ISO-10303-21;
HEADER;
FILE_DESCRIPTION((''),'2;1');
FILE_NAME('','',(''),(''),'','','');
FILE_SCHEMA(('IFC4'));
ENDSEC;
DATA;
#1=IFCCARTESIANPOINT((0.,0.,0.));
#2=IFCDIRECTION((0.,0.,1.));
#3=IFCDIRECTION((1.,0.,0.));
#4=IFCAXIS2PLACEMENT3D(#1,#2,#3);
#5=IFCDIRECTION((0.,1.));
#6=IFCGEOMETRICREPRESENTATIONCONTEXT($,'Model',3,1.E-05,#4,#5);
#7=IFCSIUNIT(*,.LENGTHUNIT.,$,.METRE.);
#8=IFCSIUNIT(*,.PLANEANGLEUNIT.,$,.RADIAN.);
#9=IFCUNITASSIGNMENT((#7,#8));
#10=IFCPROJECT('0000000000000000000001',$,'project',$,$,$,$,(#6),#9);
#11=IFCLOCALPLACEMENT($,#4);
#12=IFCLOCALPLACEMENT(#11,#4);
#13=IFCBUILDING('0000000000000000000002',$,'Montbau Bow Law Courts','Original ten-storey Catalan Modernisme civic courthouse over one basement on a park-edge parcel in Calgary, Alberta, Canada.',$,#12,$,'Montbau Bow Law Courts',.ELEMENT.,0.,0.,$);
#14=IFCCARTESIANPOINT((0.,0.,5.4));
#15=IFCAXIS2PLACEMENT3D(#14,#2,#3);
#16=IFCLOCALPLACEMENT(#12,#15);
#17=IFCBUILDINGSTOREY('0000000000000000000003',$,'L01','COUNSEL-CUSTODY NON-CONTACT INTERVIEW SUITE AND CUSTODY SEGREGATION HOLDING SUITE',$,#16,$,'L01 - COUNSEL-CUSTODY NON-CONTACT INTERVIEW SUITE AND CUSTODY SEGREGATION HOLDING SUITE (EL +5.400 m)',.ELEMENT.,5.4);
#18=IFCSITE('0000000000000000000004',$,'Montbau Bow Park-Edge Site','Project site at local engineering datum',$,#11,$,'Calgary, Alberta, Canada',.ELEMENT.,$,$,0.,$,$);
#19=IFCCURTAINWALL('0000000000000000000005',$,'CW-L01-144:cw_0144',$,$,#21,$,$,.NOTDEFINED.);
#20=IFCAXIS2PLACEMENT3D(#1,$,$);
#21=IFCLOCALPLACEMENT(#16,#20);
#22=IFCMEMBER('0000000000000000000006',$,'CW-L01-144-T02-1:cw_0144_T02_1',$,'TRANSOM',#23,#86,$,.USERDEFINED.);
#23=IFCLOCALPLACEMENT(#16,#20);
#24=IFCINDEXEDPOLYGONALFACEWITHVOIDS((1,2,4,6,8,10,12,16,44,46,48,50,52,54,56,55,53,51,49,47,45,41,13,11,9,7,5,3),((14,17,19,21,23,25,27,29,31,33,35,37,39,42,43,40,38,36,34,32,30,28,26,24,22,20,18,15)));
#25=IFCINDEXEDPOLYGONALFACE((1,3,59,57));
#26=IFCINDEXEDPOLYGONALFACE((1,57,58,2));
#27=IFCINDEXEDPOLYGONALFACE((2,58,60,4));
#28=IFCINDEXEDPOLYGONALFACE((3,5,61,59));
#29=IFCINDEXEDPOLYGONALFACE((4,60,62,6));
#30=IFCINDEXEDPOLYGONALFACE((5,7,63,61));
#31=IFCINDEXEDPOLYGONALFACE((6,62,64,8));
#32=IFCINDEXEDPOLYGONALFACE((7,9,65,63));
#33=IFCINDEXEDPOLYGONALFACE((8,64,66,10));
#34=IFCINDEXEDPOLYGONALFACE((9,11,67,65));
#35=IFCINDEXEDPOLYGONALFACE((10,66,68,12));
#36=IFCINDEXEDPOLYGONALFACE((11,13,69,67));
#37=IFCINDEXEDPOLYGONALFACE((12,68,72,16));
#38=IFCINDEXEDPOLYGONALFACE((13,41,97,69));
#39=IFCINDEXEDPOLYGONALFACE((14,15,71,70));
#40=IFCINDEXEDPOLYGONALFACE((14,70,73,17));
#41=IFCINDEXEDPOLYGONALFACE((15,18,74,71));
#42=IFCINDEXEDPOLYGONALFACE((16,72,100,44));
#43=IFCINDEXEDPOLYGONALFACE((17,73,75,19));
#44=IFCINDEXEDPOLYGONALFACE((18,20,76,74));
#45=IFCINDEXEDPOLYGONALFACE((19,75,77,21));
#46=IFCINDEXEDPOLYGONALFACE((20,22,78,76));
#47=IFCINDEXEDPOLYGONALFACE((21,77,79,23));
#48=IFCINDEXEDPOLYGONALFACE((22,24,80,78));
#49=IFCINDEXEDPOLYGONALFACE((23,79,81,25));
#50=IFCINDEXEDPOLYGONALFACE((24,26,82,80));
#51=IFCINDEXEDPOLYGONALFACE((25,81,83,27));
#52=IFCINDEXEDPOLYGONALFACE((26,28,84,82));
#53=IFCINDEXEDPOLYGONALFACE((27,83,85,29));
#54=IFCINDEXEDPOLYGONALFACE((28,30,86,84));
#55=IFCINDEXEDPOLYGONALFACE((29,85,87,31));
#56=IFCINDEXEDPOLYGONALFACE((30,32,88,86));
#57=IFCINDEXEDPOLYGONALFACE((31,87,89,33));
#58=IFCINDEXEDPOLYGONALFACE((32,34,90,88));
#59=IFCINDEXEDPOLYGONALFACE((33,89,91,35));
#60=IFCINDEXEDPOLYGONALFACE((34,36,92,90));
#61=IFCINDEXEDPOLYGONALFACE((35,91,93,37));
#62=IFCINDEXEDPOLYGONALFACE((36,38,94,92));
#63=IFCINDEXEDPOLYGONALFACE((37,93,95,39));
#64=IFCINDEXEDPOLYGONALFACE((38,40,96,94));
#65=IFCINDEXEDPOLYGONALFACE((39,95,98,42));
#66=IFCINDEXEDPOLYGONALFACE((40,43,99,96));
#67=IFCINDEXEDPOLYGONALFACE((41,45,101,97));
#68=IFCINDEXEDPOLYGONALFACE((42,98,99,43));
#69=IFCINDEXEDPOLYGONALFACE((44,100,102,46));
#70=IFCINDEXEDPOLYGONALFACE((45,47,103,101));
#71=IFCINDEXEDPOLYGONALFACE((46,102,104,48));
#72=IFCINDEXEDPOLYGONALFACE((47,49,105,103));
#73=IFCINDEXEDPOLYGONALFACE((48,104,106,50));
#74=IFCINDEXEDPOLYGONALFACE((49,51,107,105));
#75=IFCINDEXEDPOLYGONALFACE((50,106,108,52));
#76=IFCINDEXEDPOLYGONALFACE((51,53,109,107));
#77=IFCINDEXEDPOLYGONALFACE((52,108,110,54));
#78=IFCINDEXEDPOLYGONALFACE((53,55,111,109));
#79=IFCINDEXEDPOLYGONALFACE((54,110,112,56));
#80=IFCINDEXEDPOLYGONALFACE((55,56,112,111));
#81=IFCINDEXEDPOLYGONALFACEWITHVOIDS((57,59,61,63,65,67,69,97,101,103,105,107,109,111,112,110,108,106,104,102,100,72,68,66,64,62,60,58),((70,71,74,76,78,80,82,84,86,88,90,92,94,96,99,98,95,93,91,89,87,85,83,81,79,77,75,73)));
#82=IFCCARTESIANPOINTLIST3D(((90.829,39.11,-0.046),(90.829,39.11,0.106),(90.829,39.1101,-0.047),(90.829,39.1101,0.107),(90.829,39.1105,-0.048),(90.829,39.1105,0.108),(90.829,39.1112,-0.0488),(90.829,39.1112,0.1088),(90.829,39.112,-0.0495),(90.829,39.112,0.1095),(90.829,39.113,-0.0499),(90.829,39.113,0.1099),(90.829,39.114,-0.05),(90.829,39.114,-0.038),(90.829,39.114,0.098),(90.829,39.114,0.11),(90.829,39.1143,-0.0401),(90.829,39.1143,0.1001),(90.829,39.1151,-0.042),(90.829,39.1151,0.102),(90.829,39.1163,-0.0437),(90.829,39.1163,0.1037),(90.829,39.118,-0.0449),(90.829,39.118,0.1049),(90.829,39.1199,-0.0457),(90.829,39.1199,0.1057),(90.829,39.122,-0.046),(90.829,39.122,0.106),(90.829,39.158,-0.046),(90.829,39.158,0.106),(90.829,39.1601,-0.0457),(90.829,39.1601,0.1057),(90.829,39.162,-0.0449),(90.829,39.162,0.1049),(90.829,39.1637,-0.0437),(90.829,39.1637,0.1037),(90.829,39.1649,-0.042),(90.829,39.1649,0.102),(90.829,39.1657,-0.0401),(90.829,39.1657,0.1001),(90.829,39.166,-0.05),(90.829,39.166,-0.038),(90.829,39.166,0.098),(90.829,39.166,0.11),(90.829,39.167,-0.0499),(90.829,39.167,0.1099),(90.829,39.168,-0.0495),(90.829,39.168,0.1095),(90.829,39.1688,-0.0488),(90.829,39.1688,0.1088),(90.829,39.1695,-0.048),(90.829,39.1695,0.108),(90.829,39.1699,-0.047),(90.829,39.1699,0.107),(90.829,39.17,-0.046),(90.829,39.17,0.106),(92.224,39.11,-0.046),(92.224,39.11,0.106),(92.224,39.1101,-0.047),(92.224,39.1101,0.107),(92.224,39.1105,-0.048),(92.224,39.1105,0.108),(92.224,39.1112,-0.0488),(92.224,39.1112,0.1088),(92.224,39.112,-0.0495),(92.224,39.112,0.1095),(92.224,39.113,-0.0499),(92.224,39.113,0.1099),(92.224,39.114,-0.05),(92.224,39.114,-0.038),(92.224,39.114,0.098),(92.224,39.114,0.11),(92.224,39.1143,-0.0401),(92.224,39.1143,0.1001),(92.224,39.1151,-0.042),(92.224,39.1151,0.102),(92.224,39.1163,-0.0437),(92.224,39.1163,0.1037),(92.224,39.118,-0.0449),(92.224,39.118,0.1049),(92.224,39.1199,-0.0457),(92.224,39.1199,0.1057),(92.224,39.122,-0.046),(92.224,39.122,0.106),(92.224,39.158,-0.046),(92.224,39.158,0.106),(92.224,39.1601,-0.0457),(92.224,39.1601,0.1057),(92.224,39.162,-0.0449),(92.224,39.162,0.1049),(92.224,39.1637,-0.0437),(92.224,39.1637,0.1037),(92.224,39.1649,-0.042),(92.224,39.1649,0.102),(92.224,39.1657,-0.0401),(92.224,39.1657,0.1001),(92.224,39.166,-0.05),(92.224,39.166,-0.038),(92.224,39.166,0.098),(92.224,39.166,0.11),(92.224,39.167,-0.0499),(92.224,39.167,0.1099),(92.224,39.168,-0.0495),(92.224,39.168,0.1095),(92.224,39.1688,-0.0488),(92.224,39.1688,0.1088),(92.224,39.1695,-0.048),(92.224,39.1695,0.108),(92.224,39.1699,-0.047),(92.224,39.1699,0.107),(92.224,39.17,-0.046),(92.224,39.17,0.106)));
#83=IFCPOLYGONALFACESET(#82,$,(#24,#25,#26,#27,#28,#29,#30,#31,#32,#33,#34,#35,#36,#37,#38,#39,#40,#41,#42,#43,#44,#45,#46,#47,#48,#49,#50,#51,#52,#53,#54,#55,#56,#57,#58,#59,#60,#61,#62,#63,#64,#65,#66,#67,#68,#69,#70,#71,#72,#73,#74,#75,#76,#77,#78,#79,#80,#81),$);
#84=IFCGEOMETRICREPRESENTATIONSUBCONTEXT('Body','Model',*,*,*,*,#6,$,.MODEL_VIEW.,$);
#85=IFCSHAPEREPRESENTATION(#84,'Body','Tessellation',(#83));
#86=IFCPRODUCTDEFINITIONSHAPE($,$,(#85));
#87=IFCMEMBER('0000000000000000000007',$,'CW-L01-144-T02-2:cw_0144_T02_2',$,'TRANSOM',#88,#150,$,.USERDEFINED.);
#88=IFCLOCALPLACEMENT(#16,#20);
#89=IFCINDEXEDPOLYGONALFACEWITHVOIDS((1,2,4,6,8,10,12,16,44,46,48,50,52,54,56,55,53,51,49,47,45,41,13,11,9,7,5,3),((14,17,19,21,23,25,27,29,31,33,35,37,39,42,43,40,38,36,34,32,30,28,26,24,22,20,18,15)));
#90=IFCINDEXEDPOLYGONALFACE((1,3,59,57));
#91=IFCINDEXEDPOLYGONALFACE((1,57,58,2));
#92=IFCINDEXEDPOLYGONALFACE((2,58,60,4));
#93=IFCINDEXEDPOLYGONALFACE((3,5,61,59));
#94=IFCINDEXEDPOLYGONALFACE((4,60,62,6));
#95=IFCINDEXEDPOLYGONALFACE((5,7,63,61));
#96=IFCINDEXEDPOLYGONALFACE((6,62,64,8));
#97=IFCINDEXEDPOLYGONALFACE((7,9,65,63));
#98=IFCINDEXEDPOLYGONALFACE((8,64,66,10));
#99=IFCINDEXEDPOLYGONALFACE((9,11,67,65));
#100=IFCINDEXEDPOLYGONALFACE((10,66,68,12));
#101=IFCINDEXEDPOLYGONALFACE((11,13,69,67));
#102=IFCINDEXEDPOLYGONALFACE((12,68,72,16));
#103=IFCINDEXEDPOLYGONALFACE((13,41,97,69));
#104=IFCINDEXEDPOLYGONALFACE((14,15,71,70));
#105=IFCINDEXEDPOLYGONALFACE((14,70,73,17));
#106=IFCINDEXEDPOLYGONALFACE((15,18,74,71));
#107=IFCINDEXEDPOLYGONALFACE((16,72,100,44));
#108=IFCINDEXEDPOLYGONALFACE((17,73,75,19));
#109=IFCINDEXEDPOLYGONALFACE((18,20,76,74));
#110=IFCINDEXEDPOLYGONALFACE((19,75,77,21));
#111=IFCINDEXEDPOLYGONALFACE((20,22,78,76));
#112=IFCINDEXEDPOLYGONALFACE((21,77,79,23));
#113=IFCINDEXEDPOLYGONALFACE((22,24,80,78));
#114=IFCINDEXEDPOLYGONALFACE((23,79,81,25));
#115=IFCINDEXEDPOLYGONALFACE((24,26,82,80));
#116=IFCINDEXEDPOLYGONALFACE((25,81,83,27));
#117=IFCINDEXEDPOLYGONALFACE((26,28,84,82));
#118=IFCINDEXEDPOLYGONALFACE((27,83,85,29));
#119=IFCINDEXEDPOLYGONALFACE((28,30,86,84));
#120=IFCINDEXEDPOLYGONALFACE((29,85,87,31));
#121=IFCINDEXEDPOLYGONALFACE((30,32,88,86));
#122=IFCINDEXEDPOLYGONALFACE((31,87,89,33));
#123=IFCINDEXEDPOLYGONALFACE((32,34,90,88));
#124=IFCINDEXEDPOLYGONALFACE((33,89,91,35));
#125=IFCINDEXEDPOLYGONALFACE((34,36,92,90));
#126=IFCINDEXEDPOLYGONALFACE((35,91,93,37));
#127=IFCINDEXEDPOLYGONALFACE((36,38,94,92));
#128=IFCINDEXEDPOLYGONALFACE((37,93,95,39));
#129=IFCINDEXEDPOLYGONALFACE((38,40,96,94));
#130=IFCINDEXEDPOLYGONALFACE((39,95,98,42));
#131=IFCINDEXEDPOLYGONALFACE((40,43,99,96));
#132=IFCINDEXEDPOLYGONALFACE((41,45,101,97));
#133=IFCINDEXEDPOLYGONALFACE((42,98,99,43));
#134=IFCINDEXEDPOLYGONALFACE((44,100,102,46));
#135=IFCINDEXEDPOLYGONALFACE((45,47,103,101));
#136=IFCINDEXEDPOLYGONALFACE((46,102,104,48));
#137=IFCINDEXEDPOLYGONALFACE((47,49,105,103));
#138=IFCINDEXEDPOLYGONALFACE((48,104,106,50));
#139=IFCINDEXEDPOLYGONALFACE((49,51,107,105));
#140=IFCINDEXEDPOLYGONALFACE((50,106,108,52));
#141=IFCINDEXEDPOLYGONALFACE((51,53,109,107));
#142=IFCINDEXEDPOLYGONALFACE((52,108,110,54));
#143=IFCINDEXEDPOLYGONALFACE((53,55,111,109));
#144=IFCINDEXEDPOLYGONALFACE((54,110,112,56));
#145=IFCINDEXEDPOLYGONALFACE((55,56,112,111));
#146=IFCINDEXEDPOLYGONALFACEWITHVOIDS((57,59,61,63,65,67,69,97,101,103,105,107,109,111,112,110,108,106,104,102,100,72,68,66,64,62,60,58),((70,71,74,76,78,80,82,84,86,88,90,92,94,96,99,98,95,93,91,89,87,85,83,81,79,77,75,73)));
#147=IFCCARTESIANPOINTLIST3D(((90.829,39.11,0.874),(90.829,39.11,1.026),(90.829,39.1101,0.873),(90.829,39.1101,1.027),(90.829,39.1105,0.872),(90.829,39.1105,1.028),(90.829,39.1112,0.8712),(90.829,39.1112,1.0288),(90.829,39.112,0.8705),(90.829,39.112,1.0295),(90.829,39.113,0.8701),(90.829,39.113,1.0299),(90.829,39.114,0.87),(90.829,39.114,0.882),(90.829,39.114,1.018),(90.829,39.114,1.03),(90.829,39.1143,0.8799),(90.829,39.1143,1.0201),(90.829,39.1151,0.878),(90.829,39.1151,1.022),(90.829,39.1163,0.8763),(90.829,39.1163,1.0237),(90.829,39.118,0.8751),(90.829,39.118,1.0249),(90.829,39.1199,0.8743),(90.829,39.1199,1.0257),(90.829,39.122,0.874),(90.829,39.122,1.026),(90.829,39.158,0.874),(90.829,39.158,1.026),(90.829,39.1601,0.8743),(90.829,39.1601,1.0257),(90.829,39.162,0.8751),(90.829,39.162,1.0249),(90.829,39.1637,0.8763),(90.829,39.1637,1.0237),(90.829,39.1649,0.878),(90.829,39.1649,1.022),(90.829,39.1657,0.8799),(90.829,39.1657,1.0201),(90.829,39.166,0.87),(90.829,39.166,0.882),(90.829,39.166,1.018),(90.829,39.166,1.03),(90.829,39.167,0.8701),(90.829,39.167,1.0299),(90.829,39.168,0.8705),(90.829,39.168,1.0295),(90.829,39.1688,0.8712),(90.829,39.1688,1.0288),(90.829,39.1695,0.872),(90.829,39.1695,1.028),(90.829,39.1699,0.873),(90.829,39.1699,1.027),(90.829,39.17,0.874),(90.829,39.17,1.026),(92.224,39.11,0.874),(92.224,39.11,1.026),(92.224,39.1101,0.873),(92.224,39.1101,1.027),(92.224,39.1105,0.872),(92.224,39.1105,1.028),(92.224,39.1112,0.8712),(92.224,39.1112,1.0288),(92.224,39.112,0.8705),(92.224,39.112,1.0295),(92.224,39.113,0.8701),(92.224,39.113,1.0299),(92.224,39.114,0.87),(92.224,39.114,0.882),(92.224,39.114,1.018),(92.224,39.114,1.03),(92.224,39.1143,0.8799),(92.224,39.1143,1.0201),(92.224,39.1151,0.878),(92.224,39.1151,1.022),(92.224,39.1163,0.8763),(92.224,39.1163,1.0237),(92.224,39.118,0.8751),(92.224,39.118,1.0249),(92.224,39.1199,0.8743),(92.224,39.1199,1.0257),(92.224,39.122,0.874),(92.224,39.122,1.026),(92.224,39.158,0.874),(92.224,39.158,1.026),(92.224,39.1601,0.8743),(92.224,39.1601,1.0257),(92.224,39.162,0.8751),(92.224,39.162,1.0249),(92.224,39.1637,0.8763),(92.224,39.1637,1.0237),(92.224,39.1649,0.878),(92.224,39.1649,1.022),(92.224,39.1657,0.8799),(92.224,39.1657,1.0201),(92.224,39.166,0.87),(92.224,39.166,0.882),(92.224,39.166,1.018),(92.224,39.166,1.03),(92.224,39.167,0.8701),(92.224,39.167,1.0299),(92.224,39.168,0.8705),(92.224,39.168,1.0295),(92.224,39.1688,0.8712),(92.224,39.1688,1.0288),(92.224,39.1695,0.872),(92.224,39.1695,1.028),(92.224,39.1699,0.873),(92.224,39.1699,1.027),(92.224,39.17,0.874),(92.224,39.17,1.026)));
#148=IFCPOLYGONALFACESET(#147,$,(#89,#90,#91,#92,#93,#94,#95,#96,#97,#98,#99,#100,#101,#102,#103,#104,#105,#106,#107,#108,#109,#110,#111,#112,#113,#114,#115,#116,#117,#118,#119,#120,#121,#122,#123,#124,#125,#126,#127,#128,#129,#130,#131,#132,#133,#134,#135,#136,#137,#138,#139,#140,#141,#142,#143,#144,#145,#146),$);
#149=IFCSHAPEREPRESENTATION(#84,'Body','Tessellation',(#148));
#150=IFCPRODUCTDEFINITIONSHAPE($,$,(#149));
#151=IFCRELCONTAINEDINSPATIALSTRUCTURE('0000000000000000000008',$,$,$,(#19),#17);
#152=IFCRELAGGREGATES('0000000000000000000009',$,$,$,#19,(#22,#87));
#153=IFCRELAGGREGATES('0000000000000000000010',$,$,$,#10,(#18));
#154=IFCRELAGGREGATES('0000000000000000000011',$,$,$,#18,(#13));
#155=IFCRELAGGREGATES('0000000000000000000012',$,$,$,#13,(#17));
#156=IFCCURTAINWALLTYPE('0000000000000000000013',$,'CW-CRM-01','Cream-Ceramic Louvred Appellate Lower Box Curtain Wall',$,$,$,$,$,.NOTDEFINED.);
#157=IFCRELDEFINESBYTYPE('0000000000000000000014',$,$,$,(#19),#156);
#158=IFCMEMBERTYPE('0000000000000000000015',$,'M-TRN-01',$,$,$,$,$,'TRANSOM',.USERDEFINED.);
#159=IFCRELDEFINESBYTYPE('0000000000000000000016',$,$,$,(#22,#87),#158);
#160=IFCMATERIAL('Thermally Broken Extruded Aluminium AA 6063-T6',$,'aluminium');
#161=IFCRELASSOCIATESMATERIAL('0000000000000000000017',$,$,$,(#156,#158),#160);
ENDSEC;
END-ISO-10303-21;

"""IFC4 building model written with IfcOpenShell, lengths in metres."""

from ifc_helpers import new_model, si_unit, direction, frame, origin_with_axes, origin_2d_with_axis, place, context, subcontext, project, spatial, hollow_rectangle, extrude, material, material_profile, profile_set, type_object, element, aggregate, save


model = new_model("IFC4")

# Units and contexts
model_context = context("Model", 3, precision=1e-05, world=origin_with_axes(), true_north=direction((0.0, 1.0)))
body_context = subcontext(model_context, "Body", "Model", "MODEL_VIEW")
ifc_project = project(units=[si_unit("LENGTHUNIT", "METRE"), si_unit("PLANEANGLEUNIT", "RADIAN")], contexts=[model_context])

# Site, building, storey
site_placement = place(None, origin_with_axes())
site = spatial("IfcSite", under=ifc_project, at=site_placement, Name="Montbau Bow Park-Edge Site", Description="Project site at local engineering datum", LongName="Calgary, Alberta, Canada", CompositionType="ELEMENT", RefElevation=0.0)
building_placement = place(site_placement, origin_with_axes())
building = spatial("IfcBuilding", under=site, at=building_placement, Name="Montbau Bow Law Courts", Description="Original ten-storey Catalan Modernisme civic courthouse over one basement on a park-edge parcel in Calgary, Alberta, Canada.", LongName="Montbau Bow Law Courts", CompositionType="ELEMENT", ElevationOfRefHeight=0.0, ElevationOfTerrain=0.0)
storey_placement = place(building_placement, frame((0.0, 0.0, 5.4), z_axis=(0.0, 0.0, 1.0), x_axis=(1.0, 0.0, 0.0)))
storey = spatial("IfcBuildingStorey", under=building, at=storey_placement, Name="L01", Description="COUNSEL-CUSTODY NON-CONTACT INTERVIEW SUITE AND CUSTODY SEGREGATION HOLDING SUITE", LongName="L01 - COUNSEL-CUSTODY NON-CONTACT INTERVIEW SUITE AND CUSTODY SEGREGATION HOLDING SUITE (EL +5.400 m)", CompositionType="ELEMENT", Elevation=5.4)

# Curtain wall, members
ifc_material_1 = material(Name="Thermally Broken Extruded Aluminium AA 6063-T6", Category="aluminium")
curtain_wall_type = type_object("IfcCurtainWallType", Name="CW-CRM-01", Description="Cream-Ceramic Louvred Appellate Lower Box Curtain Wall", PredefinedType="NOTDEFINED", material=ifc_material_1)
curtain_wall_placement = place(None, frame((89.315, 39.14, 5.4), z_axis=(0.0, 0.0, 1.0), x_axis=(1.0, 0.0, 0.0)))
curtain_wall = element("IfcCurtainWall", 1, at=curtain_wall_placement, inside=storey, type_object=curtain_wall_type, Name="CW-L01-144:cw_0144", PredefinedType="NOTDEFINED")
ifc_material_profile_1 = material_profile(ifc_material_1, hollow_rectangle(XDim=0.06, YDim=0.16, WallThickness=0.004, InnerFilletRadius=0.008, OuterFilletRadius=0.004, at=origin_2d_with_axis()), Name="CWT-160X60", Category="Main", Priority=0)
ifc_profile_set_1 = profile_set([ifc_material_profile_1], Name="Thermally Broken Extruded Aluminium AA 6063-T6")
member_type_1 = type_object("IfcMemberType", Name="M-TRN-01", ElementType="TRANSOM", PredefinedType="USERDEFINED", material=ifc_profile_set_1)
member_1_placement = place(None, frame((90.829, 39.14, 5.43), z_axis=(1.0, 0.0, 0.0), x_axis=(0.0, 1.0, 0.0)))
member_1 = element("IfcMember", 2, at=member_1_placement, type_object=member_type_1, Name="CW-L01-144-T02-1:cw_0144_T02_1", ObjectType="TRANSOM", PredefinedType="USERDEFINED", context=body_context, shape_type="SweptSolid", body=[
    extrude(hollow_rectangle(XDim=0.06, YDim=0.16, WallThickness=0.004, InnerFilletRadius=0.008, OuterFilletRadius=0.004, at=origin_2d_with_axis()), origin_with_axes(), (0.0, 0.0, 1.0), 1.395),
])
member_2_placement = place(None, frame((90.829, 39.14, 6.35), z_axis=(1.0, 0.0, 0.0), x_axis=(0.0, 1.0, 0.0)))
member_2 = element("IfcMember", 3, at=member_2_placement, type_object=member_type_1, Name="CW-L01-144-T02-2:cw_0144_T02_2", ObjectType="TRANSOM", PredefinedType="USERDEFINED", context=body_context, shape_type="SweptSolid", body=[
    extrude(hollow_rectangle(XDim=0.06, YDim=0.16, WallThickness=0.004, InnerFilletRadius=0.008, OuterFilletRadius=0.004, at=origin_2d_with_axis()), origin_with_axes(), (0.0, 0.0, 1.0), 1.395),
])
aggregate(curtain_wall, [member_1, member_2])

save(model, "model.ifc")
